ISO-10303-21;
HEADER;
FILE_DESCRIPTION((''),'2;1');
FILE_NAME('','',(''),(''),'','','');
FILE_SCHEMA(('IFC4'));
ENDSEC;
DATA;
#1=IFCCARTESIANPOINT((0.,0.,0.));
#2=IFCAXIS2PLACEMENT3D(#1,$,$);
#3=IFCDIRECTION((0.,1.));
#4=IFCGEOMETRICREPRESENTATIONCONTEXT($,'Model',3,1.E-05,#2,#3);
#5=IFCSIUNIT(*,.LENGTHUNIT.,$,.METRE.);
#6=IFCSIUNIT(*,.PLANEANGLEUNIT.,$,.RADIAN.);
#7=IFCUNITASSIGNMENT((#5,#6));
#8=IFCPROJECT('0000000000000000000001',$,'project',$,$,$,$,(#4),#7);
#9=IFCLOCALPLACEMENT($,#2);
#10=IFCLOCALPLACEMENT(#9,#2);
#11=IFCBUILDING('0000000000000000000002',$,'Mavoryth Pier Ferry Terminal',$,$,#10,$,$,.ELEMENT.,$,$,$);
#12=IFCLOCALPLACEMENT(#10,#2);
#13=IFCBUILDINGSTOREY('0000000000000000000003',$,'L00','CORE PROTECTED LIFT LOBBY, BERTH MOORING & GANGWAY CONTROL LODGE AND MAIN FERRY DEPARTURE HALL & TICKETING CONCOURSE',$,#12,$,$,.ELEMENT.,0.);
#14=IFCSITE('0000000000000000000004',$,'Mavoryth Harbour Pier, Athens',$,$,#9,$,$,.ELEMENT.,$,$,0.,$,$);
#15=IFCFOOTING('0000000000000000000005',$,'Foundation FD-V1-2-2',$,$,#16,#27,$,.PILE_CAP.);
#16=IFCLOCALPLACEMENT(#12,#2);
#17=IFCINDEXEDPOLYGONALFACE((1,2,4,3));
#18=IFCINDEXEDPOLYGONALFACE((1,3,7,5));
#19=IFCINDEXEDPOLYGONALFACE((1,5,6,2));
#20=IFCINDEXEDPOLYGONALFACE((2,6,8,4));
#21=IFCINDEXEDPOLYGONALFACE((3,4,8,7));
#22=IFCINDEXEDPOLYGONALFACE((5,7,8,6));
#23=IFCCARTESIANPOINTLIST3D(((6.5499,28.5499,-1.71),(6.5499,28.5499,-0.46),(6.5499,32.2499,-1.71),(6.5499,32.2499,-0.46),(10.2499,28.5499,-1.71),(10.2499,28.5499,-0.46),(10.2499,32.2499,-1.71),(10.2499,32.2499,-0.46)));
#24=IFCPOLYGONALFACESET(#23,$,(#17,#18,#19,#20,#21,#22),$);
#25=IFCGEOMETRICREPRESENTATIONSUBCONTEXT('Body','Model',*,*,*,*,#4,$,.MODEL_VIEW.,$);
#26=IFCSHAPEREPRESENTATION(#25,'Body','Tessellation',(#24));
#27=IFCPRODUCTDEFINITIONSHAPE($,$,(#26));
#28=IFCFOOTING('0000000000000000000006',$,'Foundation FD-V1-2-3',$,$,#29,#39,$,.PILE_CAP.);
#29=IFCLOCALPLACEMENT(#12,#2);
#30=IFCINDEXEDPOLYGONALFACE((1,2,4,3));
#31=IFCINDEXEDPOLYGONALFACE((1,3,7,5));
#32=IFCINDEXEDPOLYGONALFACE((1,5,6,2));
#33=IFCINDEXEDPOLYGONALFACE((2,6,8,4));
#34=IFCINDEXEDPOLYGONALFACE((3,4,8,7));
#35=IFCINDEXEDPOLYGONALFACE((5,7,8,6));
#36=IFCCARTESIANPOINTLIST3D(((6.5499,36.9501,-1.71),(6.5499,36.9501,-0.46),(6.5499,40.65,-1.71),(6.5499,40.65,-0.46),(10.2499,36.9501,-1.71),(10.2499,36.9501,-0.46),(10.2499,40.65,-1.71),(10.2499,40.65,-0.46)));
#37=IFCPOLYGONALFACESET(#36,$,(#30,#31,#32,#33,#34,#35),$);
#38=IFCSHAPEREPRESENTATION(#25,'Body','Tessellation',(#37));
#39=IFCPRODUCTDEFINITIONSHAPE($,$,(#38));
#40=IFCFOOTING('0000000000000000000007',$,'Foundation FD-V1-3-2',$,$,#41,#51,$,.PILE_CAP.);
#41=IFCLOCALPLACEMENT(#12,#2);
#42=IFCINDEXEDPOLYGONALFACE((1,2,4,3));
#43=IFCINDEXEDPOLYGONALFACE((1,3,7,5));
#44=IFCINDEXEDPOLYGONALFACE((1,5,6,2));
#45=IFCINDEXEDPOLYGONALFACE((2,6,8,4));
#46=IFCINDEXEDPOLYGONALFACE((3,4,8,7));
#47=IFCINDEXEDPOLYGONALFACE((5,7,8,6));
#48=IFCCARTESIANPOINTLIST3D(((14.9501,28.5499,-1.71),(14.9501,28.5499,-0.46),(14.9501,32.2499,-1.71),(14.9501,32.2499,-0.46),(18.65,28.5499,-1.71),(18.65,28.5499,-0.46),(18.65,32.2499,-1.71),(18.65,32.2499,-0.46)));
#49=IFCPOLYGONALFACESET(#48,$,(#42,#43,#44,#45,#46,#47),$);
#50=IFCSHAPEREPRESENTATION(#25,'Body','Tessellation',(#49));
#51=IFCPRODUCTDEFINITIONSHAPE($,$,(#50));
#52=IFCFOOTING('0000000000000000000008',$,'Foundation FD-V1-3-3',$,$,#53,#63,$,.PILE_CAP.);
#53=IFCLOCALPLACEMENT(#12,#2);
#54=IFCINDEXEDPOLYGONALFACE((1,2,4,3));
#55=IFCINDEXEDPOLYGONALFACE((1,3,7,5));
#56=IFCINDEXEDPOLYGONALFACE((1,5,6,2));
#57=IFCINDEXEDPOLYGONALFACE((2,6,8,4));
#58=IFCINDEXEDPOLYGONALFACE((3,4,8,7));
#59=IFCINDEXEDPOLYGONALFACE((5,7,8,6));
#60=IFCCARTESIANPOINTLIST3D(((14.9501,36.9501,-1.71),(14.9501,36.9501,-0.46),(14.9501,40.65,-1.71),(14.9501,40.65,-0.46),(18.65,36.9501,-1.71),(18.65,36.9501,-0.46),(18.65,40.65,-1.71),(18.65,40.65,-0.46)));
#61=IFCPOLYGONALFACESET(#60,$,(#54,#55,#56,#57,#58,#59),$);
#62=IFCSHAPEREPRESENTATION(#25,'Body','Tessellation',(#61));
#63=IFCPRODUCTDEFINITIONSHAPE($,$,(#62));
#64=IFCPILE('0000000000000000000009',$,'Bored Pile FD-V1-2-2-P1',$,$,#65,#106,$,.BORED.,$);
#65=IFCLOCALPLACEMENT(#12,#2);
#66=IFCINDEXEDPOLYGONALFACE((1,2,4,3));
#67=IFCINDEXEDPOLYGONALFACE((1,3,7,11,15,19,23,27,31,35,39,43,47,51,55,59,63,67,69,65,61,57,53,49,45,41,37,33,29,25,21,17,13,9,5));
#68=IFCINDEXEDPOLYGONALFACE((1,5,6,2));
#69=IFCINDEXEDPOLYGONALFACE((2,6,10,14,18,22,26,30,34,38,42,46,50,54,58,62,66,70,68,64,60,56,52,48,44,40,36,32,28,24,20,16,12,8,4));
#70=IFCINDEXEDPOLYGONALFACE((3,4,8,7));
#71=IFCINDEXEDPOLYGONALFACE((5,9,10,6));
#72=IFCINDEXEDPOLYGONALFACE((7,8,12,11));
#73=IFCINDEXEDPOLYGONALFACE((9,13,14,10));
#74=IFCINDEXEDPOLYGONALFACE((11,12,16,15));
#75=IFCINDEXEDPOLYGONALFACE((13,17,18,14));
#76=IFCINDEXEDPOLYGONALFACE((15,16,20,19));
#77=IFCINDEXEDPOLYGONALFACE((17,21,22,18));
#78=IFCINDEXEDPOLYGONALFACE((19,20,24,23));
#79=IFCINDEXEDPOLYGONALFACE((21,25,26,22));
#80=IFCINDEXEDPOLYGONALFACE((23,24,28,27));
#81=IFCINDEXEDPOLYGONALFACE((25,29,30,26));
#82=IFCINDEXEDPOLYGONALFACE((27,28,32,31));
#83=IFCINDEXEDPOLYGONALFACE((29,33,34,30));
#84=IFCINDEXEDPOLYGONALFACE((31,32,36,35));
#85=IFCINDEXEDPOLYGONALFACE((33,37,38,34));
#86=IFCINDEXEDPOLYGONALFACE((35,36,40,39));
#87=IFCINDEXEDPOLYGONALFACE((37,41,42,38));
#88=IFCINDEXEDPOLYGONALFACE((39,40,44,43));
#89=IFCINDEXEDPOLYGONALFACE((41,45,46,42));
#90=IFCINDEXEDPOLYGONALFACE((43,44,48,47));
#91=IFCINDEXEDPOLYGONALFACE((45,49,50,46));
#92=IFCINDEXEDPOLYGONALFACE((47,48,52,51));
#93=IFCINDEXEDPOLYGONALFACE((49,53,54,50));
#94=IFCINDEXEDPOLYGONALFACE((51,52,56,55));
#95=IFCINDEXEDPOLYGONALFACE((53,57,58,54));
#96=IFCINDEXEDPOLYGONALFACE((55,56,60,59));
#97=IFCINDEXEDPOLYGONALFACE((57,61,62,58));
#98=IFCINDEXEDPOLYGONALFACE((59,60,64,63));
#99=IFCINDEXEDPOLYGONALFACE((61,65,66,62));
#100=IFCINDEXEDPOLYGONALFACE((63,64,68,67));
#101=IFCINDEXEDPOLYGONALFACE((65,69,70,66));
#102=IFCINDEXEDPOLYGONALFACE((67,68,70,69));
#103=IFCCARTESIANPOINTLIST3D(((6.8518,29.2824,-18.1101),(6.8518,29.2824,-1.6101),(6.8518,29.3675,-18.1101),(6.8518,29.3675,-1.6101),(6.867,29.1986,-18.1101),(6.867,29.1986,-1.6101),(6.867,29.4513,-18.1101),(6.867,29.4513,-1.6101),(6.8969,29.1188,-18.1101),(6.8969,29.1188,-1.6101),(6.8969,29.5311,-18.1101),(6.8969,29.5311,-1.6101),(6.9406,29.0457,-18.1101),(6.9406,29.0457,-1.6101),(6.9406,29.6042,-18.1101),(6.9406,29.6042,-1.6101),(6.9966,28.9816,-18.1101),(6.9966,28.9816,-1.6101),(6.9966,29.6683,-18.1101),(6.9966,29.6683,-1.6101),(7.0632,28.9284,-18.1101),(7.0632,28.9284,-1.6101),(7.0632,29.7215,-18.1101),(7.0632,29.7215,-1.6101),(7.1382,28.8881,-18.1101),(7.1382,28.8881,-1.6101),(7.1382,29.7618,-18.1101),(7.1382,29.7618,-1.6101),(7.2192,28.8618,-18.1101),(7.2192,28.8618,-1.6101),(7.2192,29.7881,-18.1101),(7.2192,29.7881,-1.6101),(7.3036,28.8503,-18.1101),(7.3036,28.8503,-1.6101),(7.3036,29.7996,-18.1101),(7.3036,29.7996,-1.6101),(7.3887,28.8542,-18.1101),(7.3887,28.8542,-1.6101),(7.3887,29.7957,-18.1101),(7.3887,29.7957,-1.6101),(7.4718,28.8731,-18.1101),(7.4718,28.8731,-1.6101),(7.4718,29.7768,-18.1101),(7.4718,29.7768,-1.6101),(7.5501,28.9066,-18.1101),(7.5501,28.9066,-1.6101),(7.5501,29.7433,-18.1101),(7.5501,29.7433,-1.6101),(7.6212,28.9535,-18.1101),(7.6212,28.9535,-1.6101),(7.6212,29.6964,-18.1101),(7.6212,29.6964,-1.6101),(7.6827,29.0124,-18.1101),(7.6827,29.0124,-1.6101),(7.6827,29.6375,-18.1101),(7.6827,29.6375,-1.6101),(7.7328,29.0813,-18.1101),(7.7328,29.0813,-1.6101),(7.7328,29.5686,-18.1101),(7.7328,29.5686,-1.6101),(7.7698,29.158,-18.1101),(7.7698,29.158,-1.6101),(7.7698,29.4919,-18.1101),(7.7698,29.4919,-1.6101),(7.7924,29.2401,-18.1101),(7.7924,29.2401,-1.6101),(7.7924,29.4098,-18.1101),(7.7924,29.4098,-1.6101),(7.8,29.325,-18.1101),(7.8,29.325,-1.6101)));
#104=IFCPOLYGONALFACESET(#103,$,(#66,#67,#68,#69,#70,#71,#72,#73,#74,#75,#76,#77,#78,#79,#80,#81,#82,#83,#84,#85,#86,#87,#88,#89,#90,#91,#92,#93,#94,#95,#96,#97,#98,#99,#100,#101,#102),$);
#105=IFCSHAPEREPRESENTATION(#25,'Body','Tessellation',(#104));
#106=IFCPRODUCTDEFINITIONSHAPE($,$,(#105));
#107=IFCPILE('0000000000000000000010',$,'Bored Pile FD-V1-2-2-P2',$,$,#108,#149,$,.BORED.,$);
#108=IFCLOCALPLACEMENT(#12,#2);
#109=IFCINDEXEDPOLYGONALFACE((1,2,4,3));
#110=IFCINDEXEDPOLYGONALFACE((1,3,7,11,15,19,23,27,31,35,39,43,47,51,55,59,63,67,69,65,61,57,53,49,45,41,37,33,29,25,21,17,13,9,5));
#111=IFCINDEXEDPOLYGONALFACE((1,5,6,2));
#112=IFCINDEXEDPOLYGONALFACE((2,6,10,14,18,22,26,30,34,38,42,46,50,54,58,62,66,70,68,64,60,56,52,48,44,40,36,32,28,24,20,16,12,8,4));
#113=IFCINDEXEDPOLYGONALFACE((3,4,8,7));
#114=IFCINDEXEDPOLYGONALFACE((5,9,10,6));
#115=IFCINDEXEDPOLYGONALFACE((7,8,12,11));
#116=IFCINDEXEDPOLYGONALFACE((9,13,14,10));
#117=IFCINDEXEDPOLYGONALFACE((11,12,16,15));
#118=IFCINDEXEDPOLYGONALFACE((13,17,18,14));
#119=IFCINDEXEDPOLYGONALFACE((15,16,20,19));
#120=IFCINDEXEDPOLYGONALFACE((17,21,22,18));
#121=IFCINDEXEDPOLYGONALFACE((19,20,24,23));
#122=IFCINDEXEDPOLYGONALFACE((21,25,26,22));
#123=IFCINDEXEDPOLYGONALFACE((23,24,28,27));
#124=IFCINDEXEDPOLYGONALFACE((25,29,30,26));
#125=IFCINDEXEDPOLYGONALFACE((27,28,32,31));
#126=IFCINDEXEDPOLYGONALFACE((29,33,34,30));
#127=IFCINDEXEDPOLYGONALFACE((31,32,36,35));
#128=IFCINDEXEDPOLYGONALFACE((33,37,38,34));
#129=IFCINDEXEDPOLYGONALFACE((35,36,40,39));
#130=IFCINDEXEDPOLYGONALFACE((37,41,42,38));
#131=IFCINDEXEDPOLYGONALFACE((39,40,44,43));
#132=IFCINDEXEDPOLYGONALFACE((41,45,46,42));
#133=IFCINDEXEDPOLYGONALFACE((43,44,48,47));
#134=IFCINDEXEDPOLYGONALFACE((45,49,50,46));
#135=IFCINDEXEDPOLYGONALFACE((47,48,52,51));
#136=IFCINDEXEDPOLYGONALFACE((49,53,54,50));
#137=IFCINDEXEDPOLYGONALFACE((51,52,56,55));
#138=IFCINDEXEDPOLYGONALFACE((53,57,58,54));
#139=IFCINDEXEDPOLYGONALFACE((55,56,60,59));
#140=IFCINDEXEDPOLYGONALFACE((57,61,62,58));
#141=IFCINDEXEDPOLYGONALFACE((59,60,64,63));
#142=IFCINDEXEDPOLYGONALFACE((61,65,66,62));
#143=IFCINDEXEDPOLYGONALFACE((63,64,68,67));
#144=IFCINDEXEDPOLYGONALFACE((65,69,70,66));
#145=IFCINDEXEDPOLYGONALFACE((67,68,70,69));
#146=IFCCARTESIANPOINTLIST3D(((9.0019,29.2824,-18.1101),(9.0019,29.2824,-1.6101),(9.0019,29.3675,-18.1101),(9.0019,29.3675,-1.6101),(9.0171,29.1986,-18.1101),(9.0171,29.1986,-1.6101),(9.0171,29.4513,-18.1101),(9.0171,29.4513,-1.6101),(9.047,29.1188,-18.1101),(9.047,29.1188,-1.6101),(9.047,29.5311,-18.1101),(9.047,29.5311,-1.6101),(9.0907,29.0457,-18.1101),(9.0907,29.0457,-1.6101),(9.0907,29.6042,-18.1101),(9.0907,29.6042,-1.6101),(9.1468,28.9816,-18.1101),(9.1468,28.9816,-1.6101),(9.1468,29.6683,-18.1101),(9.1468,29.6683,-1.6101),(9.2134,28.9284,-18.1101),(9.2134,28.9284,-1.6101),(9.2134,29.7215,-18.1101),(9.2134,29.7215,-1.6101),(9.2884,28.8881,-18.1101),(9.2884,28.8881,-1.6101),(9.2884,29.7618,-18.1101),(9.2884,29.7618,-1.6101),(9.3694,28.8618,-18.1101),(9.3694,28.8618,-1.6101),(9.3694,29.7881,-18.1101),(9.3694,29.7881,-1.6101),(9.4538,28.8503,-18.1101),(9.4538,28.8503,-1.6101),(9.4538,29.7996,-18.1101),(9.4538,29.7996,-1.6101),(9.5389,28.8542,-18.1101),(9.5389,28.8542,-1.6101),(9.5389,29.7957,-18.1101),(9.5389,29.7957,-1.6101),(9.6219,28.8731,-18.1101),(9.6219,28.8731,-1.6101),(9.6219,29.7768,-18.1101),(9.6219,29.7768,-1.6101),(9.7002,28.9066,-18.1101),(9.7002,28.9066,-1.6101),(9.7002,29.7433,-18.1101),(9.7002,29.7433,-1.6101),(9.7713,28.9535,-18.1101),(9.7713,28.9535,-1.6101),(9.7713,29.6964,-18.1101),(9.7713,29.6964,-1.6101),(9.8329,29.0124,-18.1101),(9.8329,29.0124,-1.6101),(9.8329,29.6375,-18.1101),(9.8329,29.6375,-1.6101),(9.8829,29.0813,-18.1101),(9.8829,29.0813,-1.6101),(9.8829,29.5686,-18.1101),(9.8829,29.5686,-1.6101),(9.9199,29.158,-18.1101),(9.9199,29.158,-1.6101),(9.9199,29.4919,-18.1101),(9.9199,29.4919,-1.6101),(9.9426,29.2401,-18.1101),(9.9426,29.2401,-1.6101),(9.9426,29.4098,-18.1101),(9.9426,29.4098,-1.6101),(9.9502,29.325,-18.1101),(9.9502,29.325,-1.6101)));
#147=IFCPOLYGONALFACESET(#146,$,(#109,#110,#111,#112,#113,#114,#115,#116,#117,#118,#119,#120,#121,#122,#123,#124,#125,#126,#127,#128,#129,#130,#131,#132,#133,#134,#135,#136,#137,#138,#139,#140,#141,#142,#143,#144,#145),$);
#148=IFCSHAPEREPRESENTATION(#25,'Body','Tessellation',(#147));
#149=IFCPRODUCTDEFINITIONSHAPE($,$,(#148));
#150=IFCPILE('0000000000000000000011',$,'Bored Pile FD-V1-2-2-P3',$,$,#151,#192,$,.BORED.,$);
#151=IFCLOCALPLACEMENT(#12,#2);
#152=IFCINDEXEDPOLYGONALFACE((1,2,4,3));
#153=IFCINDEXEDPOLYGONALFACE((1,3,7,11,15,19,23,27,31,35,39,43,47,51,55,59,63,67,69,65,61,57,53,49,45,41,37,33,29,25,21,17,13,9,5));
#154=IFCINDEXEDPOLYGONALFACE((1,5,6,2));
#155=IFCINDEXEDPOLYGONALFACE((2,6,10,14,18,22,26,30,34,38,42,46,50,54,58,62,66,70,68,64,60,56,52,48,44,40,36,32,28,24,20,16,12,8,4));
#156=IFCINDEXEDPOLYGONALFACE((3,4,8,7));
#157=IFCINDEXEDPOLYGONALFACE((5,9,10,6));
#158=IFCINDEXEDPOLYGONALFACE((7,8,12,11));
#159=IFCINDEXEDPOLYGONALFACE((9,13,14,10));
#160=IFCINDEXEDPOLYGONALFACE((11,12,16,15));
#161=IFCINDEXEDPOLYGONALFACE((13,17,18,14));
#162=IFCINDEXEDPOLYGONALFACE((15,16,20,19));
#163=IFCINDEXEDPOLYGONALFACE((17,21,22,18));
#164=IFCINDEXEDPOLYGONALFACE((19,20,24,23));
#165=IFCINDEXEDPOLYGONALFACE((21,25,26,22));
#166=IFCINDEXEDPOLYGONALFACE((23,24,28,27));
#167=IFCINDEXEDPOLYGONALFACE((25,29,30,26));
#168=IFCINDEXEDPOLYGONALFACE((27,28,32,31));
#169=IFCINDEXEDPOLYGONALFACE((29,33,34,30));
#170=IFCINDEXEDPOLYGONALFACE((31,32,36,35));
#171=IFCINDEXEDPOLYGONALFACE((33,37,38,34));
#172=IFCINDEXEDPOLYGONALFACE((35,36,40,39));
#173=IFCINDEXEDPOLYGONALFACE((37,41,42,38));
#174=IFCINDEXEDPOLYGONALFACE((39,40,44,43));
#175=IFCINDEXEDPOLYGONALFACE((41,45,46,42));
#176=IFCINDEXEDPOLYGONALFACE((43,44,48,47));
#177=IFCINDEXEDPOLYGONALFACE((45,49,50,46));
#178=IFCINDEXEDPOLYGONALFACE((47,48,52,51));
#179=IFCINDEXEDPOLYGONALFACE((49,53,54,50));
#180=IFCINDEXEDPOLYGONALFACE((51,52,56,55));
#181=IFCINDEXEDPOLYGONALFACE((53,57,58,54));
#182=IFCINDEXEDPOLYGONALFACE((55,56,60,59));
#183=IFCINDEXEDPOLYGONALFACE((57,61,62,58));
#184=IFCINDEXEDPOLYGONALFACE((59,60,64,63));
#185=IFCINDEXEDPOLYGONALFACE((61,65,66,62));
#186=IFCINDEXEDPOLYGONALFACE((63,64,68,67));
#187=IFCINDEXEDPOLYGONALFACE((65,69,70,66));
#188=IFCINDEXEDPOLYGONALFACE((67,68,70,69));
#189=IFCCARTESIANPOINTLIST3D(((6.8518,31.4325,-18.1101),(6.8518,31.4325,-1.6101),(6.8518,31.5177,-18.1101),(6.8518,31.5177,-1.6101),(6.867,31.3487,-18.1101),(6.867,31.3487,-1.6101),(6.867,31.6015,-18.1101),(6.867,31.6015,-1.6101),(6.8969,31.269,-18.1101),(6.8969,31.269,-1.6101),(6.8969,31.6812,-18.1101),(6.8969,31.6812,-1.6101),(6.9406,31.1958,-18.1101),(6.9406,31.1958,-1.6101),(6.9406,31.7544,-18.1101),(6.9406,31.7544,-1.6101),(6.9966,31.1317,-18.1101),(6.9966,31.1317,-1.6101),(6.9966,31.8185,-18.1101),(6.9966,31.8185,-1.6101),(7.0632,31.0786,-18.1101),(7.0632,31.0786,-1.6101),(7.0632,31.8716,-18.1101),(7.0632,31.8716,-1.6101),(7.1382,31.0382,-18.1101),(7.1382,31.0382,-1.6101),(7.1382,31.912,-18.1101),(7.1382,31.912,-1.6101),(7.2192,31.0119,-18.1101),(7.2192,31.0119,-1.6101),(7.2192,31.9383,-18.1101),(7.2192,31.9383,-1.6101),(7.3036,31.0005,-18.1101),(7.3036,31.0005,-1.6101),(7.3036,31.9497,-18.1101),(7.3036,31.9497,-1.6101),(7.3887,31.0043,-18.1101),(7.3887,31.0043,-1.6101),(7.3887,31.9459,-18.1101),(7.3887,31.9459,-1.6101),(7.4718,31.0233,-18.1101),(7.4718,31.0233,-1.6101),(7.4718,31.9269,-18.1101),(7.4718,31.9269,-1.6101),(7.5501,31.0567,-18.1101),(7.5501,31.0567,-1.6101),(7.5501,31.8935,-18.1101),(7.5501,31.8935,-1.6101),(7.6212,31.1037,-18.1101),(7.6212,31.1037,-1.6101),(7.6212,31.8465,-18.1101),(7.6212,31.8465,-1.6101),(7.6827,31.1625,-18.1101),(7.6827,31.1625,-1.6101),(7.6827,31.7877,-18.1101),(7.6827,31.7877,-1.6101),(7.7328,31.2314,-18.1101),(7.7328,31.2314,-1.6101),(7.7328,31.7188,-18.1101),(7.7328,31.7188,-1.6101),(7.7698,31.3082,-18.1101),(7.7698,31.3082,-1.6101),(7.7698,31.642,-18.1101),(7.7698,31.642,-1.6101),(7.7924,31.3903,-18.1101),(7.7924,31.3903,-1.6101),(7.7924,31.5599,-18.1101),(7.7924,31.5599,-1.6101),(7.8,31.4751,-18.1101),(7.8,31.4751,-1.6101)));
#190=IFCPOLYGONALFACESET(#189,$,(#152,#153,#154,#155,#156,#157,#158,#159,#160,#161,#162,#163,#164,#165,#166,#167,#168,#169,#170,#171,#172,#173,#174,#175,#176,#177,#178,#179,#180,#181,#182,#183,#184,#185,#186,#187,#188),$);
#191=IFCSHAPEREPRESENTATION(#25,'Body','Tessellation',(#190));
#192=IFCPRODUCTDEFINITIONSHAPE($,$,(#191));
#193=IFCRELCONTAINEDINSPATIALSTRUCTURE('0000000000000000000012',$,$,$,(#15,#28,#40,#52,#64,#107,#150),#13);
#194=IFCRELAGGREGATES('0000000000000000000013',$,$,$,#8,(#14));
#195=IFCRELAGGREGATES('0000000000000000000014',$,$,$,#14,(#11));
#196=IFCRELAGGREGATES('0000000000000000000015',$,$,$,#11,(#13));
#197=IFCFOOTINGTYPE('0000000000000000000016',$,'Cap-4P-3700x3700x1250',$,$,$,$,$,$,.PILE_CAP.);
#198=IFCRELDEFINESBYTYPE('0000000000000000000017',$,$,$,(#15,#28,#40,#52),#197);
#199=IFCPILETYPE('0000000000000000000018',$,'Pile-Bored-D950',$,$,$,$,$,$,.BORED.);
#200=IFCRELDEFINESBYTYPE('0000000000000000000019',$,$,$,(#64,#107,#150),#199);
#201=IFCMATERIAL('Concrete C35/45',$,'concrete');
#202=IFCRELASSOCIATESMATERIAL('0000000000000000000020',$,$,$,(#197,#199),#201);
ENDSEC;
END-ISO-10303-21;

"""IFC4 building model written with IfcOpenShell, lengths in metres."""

from ifc_helpers import new_model, si_unit, direction, frame, origin, origin_2d, place, context, subcontext, project, spatial, rectangle, circle, extrude, material, material_profile, profile_set, type_object, element, save


model = new_model("IFC4")

# Units and contexts
model_context = context("Model", 3, precision=1e-05, world=origin(), true_north=direction((0.0, 1.0)))
body_context = subcontext(model_context, "Body", "Model", "MODEL_VIEW")
ifc_project = project(units=[si_unit("LENGTHUNIT", "METRE"), si_unit("PLANEANGLEUNIT", "RADIAN")], contexts=[model_context])

# Site, building, storey
site_placement = place(None, origin())
site = spatial("IfcSite", under=ifc_project, at=site_placement, Name="Mavoryth Harbour Pier, Athens", CompositionType="ELEMENT", RefElevation=0.0)
building_placement = place(site_placement, origin())
building = spatial("IfcBuilding", under=site, at=building_placement, Name="Mavoryth Pier Ferry Terminal", CompositionType="ELEMENT")
storey_placement = place(building_placement, origin())
storey = spatial("IfcBuildingStorey", under=building, at=storey_placement, Name="L00", Description="CORE PROTECTED LIFT LOBBY, BERTH MOORING & GANGWAY CONTROL LODGE AND MAIN FERRY DEPARTURE HALL & TICKETING CONCOURSE", CompositionType="ELEMENT", Elevation=0.0)

# Footings
ifc_material_1 = material(Name="Concrete C35/45", Category="concrete")
footing_type_1 = type_object("IfcFootingType", Name="Cap-4P-3700x3700x1250", PredefinedType="PILE_CAP", material=ifc_material_1)
for number, where, z_axis, x_axis, name in (
    (1, (8.3999, 30.3999, -1.71), (0.0, 0.0, 1.0), (1.0, 0.0, 0.0), "Foundation FD-V1-2-2"),
    (2, (8.3999, 38.8, -1.71), (0.0, 0.0, 1.0), (1.0, 0.0, 0.0), "Foundation FD-V1-2-3"),
    (3, (16.8, 30.3999, -1.71), (0.0, 0.0, 1.0), (1.0, 0.0, 0.0), "Foundation FD-V1-3-2"),
    (4, (16.8, 38.8, -1.71), (0.0, 0.0, 1.0), (1.0, 0.0, 0.0), "Foundation FD-V1-3-3"),
):
    element("IfcFooting", number, at=place(storey_placement, frame(where, z_axis=z_axis, x_axis=x_axis)), inside=storey, type_object=footing_type_1, Name=name, PredefinedType="PILE_CAP", context=body_context, shape_type="SweptSolid", body=[
        extrude(rectangle(XDim=3.7, YDim=3.7, at=origin_2d()), origin(), (0.0, 0.0, 1.0), 1.25),
    ])

# Piles
ifc_material_profile_1 = material_profile(ifc_material_1, circle(Radius=0.4751, at=origin_2d()), Name="PILE D950", Category="concrete")
ifc_profile_set_1 = profile_set([ifc_material_profile_1], Name="Concrete C35/45 - PILE D950")
pile_type = type_object("IfcPileType", Name="Pile-Bored-D950", PredefinedType="BORED", material=ifc_profile_set_1)
for number, where, z_axis, x_axis, name in (
    (5, (7.325, 29.325, -1.6101), (0.0, 0.0, -1.0), (1.0, 0.0, 0.0), "Bored Pile FD-V1-2-2-P1"),
    (6, (9.4751, 29.325, -1.6101), (0.0, 0.0, -1.0), (1.0, 0.0, 0.0), "Bored Pile FD-V1-2-2-P2"),
    (7, (7.325, 31.4751, -1.6101), (0.0, 0.0, -1.0), (1.0, 0.0, 0.0), "Bored Pile FD-V1-2-2-P3"),
):
    element("IfcPile", number, at=place(storey_placement, frame(where, z_axis=z_axis, x_axis=x_axis)), inside=storey, type_object=pile_type, Name=name, PredefinedType="BORED", context=body_context, shape_type="SweptSolid", body=[
        extrude(circle(Radius=0.4751, at=origin_2d()), origin(), (0.0, 0.0, 1.0), 16.5),
    ])

save(model, "model.ifc")
